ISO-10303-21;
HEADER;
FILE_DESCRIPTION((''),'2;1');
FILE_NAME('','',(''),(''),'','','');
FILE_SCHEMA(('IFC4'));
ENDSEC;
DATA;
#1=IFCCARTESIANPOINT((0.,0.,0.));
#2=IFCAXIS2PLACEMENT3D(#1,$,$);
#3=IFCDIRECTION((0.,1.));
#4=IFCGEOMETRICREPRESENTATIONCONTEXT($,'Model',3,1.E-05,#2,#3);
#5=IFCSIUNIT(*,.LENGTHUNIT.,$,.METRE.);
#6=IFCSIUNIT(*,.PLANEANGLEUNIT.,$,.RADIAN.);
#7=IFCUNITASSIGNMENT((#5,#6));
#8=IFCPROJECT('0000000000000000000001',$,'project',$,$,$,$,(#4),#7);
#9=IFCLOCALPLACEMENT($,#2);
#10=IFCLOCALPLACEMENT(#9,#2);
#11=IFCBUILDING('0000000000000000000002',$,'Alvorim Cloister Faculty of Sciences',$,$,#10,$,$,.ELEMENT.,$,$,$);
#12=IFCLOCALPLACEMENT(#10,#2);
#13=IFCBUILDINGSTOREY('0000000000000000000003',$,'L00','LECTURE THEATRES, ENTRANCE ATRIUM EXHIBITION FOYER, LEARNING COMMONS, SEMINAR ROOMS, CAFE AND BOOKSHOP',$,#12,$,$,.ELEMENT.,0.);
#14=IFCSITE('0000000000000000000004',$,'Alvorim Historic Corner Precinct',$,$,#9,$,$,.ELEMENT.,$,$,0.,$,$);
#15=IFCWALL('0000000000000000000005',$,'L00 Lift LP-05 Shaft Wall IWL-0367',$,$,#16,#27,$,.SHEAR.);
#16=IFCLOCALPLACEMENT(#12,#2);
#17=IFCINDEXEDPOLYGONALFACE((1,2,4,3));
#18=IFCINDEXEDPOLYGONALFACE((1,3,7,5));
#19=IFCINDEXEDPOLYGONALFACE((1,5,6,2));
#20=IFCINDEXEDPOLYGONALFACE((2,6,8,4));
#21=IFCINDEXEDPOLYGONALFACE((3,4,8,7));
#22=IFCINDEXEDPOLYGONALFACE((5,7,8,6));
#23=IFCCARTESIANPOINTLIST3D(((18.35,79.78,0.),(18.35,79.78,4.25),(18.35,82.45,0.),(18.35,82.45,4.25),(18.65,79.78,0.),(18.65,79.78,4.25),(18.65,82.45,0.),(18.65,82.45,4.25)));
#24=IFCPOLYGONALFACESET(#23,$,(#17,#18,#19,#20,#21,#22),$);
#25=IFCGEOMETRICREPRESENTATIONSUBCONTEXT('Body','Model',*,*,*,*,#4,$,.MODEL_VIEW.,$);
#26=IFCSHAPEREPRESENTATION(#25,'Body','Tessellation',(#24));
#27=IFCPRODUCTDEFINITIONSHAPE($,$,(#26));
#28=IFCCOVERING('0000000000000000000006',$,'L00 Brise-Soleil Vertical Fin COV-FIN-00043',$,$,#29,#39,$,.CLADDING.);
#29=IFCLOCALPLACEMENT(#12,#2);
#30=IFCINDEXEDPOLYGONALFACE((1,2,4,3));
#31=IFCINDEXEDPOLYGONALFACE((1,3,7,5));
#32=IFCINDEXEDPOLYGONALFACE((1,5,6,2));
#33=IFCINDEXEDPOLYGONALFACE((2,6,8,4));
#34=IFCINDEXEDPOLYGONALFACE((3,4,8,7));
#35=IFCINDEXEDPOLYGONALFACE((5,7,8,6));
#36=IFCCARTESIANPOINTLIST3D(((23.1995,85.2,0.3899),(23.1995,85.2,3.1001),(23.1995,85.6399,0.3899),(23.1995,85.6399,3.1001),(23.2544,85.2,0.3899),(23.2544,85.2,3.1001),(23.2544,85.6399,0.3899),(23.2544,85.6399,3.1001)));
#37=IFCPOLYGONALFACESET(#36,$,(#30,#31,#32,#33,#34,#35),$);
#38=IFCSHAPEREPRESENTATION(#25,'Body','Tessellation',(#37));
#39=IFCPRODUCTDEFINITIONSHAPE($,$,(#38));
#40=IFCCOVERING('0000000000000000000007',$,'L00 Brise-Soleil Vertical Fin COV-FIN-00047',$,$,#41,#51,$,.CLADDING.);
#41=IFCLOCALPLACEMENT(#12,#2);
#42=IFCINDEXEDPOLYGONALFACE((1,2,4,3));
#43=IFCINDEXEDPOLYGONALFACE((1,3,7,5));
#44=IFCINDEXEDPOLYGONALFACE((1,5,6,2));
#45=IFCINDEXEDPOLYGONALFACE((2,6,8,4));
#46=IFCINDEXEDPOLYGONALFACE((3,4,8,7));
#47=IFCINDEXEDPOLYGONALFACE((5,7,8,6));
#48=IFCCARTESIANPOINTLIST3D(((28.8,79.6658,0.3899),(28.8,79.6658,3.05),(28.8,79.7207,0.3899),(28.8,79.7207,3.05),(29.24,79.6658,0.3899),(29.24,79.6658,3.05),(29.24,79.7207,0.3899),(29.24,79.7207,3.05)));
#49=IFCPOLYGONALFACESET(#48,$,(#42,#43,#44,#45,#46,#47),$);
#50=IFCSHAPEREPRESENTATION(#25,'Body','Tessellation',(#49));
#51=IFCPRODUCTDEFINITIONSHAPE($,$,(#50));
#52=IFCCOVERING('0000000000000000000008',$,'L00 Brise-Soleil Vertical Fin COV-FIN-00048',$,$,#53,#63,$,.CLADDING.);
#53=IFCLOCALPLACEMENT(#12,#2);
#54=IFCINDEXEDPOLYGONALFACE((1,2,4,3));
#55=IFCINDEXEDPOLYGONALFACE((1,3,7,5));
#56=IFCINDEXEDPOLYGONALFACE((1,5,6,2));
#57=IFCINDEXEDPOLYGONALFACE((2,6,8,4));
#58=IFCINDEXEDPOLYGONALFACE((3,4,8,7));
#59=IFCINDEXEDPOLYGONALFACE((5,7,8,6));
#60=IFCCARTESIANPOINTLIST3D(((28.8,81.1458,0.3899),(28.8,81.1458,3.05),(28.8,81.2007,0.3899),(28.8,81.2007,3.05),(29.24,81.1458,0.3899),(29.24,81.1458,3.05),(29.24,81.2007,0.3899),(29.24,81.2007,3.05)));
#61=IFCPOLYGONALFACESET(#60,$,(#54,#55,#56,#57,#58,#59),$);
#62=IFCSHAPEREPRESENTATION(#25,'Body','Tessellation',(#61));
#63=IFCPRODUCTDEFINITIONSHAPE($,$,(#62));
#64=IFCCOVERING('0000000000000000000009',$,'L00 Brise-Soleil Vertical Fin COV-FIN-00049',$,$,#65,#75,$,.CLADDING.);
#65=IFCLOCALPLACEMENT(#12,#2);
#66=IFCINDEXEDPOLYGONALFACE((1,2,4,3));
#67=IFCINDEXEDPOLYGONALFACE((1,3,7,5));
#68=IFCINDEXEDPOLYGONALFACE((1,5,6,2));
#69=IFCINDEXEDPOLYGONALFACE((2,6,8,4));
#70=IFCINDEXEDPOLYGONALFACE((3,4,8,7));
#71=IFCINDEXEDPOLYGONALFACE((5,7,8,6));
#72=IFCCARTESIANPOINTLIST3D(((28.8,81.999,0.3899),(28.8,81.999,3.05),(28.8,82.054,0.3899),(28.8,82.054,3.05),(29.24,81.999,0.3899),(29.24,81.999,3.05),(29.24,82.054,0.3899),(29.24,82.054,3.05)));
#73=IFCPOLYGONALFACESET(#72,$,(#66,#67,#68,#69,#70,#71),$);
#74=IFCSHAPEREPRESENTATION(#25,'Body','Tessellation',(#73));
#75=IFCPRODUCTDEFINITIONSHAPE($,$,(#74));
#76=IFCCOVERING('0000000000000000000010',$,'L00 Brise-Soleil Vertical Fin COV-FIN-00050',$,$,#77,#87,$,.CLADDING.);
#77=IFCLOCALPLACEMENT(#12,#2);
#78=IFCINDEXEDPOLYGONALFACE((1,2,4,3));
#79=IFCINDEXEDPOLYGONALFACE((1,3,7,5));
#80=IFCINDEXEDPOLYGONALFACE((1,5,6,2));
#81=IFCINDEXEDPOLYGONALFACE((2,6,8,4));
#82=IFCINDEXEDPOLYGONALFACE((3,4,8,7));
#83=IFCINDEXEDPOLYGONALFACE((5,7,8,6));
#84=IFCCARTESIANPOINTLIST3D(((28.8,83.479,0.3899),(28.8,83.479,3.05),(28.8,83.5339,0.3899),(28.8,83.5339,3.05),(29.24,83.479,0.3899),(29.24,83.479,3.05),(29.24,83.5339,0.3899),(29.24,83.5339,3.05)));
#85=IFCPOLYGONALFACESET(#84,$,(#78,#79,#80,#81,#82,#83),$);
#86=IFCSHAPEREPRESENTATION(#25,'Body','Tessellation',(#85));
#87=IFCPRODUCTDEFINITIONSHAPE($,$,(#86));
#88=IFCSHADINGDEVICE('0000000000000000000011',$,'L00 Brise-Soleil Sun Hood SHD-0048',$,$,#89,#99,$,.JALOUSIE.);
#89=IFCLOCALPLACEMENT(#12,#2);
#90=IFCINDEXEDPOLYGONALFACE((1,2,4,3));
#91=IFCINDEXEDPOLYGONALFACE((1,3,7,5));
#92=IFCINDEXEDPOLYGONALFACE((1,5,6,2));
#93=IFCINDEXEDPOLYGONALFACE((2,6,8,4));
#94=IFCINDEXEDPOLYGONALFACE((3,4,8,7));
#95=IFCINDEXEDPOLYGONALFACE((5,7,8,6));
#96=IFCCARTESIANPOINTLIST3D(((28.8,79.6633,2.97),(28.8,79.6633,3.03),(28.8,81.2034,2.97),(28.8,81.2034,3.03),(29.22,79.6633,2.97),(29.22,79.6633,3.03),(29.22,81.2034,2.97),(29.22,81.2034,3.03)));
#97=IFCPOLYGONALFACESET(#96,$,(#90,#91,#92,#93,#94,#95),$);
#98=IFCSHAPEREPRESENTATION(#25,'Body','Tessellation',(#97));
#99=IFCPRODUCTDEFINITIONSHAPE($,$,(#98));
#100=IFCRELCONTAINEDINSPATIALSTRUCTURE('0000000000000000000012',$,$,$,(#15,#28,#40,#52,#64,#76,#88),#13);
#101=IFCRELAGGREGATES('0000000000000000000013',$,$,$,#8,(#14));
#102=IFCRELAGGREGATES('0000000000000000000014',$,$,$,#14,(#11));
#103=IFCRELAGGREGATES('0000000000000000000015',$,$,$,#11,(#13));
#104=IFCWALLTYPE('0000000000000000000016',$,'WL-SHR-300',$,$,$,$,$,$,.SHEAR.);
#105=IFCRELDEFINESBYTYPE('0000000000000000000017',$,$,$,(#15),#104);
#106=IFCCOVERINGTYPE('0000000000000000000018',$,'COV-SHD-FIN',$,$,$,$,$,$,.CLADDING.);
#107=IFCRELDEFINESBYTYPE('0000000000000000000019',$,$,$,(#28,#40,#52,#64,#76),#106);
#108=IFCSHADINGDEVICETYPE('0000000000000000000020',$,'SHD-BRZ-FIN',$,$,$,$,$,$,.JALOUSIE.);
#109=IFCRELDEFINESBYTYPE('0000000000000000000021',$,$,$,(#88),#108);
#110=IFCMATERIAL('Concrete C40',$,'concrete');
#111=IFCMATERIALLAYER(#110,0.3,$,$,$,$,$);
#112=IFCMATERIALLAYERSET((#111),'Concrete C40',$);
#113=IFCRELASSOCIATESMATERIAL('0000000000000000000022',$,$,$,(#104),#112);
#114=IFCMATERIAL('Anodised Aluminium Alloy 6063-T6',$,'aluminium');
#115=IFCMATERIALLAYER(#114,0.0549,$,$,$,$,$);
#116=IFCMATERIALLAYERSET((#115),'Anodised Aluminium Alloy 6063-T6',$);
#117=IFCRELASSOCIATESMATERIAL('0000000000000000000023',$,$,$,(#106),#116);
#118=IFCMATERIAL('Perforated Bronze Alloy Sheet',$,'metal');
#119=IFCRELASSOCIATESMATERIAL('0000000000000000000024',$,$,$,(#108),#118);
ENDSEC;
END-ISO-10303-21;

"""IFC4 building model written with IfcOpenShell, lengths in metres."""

from ifc_helpers import new_model, si_unit, direction, frame, frame_2d, origin, origin_2d, place, context, subcontext, project, spatial, polyline, rectangle, outline, extrude, material, layer, layer_set, type_object, element, save


model = new_model("IFC4")

# Units and contexts
model_context = context("Model", 3, precision=1e-05, world=origin(), true_north=direction((0.0, 1.0)))
body_context = subcontext(model_context, "Body", "Model", "MODEL_VIEW")
ifc_project = project(units=[si_unit("LENGTHUNIT", "METRE"), si_unit("PLANEANGLEUNIT", "RADIAN")], contexts=[model_context])

# Site, building, storey
site_placement = place(None, origin())
site = spatial("IfcSite", under=ifc_project, at=site_placement, Name="Alvorim Historic Corner Precinct", CompositionType="ELEMENT", RefElevation=0.0)
building_placement = place(site_placement, origin())
building = spatial("IfcBuilding", under=site, at=building_placement, Name="Alvorim Cloister Faculty of Sciences", CompositionType="ELEMENT")
storey_placement = place(building_placement, origin())
storey = spatial("IfcBuildingStorey", under=building, at=storey_placement, Name="L00", Description="LECTURE THEATRES, ENTRANCE ATRIUM EXHIBITION FOYER, LEARNING COMMONS, SEMINAR ROOMS, CAFE AND BOOKSHOP", CompositionType="ELEMENT", Elevation=0.0)

# Shared definitions
ifc_material_1 = material(Name="Concrete C40", Category="concrete")

# Shared definitions
ifc_layer_1 = layer(ifc_material_1, 0.3)
ifc_layer_set_1 = layer_set([ifc_layer_1], Name="Concrete C40")
wall_type_1 = type_object("IfcWallType", Name="WL-SHR-300", PredefinedType="SHEAR", material=ifc_layer_set_1)

# Wall
wall_1_placement = place(storey_placement, frame((18.5, 79.78, 0.0), z_axis=(0.0, 0.0, 1.0), x_axis=(0.0, 1.0, 0.0)))
element("IfcWall", 1, at=wall_1_placement, inside=storey, type_object=wall_type_1, Name="L00 Lift LP-05 Shaft Wall IWL-0367", PredefinedType="SHEAR", context=body_context, shape_type="SweptSolid", body=[
    extrude(rectangle(XDim=2.6699, YDim=0.3, at=frame_2d((1.335, 0.0))), origin(), (0.0, 0.0, 1.0), 4.25),
])

# Coverings
ifc_material_2 = material(Name="Anodised Aluminium Alloy 6063-T6", Category="aluminium")
ifc_layer_2 = layer(ifc_material_2, 0.0549)
ifc_layer_set_2 = layer_set([ifc_layer_2], Name="Anodised Aluminium Alloy 6063-T6")
covering_type = type_object("IfcCoveringType", Name="COV-SHD-FIN", PredefinedType="CLADDING", material=ifc_layer_set_2)
covering_placement = place(storey_placement, frame((23.2268, 85.2, 0.3899), z_axis=(0.0, 0.0, 1.0), x_axis=(0.0, 1.0, 0.0)))
element("IfcCovering", 2, at=covering_placement, inside=storey, type_object=covering_type, Name="L00 Brise-Soleil Vertical Fin COV-FIN-00043", PredefinedType="CLADDING", context=body_context, shape_type="SweptSolid", body=[
    extrude(outline(polyline([(0.0, 0.0), (0.4399, 0.0), (0.4399, 2.7102), (0.0, 2.7102), (0.0, 0.0)])), frame((0.0, 0.0273, 0.0), z_axis=(0.0, -1.0, 0.0), x_axis=(1.0, 0.0, 0.0)), (0.0, 0.0, 1.0), 0.0549),
])
for number, where, z_axis, x_axis, name in (
    (3, (28.8, 79.6934, 0.3899), (0.0, 0.0, 1.0), (1.0, 0.0, 0.0), "L00 Brise-Soleil Vertical Fin COV-FIN-00047"),
    (4, (28.8, 81.1733, 0.3899), (0.0, 0.0, 1.0), (1.0, 0.0, 0.0), "L00 Brise-Soleil Vertical Fin COV-FIN-00048"),
    (5, (28.8, 82.0266, 0.3899), (0.0, 0.0, 1.0), (1.0, 0.0, 0.0), "L00 Brise-Soleil Vertical Fin COV-FIN-00049"),
    (6, (28.8, 83.5066, 0.3899), (0.0, 0.0, 1.0), (1.0, 0.0, 0.0), "L00 Brise-Soleil Vertical Fin COV-FIN-00050"),
):
    element("IfcCovering", number, at=place(storey_placement, frame(where, z_axis=z_axis, x_axis=x_axis)), inside=storey, type_object=covering_type, Name=name, PredefinedType="CLADDING", context=body_context, shape_type="SweptSolid", body=[
        extrude(outline(polyline([(0.0, 0.0), (0.4399, 0.0), (0.4399, 2.6602), (0.0, 2.6602), (0.0, 0.0)])), frame((0.0, 0.0273, 0.0), z_axis=(0.0, -1.0, 0.0), x_axis=(1.0, 0.0, 0.0)), (0.0, 0.0, 1.0), 0.0549),
    ])

# Shading device
ifc_material_3 = material(Name="Perforated Bronze Alloy Sheet", Category="metal")
shading_device_type = type_object("IfcShadingDeviceType", Name="SHD-BRZ-FIN", PredefinedType="JALOUSIE", material=ifc_material_3)
shading_device_placement = place(storey_placement, frame((29.01, 80.4333, 2.97), z_axis=(0.0, 0.0, 1.0), x_axis=(1.0, 0.0, 0.0)))
element("IfcShadingDevice", 7, at=shading_device_placement, inside=storey, type_object=shading_device_type, Name="L00 Brise-Soleil Sun Hood SHD-0048", PredefinedType="JALOUSIE", context=body_context, shape_type="SweptSolid", body=[
    extrude(rectangle(XDim=0.4199, YDim=1.54, at=origin_2d()), origin(), (0.0, 0.0, 1.0), 0.0601),
])

save(model, "model.ifc")
